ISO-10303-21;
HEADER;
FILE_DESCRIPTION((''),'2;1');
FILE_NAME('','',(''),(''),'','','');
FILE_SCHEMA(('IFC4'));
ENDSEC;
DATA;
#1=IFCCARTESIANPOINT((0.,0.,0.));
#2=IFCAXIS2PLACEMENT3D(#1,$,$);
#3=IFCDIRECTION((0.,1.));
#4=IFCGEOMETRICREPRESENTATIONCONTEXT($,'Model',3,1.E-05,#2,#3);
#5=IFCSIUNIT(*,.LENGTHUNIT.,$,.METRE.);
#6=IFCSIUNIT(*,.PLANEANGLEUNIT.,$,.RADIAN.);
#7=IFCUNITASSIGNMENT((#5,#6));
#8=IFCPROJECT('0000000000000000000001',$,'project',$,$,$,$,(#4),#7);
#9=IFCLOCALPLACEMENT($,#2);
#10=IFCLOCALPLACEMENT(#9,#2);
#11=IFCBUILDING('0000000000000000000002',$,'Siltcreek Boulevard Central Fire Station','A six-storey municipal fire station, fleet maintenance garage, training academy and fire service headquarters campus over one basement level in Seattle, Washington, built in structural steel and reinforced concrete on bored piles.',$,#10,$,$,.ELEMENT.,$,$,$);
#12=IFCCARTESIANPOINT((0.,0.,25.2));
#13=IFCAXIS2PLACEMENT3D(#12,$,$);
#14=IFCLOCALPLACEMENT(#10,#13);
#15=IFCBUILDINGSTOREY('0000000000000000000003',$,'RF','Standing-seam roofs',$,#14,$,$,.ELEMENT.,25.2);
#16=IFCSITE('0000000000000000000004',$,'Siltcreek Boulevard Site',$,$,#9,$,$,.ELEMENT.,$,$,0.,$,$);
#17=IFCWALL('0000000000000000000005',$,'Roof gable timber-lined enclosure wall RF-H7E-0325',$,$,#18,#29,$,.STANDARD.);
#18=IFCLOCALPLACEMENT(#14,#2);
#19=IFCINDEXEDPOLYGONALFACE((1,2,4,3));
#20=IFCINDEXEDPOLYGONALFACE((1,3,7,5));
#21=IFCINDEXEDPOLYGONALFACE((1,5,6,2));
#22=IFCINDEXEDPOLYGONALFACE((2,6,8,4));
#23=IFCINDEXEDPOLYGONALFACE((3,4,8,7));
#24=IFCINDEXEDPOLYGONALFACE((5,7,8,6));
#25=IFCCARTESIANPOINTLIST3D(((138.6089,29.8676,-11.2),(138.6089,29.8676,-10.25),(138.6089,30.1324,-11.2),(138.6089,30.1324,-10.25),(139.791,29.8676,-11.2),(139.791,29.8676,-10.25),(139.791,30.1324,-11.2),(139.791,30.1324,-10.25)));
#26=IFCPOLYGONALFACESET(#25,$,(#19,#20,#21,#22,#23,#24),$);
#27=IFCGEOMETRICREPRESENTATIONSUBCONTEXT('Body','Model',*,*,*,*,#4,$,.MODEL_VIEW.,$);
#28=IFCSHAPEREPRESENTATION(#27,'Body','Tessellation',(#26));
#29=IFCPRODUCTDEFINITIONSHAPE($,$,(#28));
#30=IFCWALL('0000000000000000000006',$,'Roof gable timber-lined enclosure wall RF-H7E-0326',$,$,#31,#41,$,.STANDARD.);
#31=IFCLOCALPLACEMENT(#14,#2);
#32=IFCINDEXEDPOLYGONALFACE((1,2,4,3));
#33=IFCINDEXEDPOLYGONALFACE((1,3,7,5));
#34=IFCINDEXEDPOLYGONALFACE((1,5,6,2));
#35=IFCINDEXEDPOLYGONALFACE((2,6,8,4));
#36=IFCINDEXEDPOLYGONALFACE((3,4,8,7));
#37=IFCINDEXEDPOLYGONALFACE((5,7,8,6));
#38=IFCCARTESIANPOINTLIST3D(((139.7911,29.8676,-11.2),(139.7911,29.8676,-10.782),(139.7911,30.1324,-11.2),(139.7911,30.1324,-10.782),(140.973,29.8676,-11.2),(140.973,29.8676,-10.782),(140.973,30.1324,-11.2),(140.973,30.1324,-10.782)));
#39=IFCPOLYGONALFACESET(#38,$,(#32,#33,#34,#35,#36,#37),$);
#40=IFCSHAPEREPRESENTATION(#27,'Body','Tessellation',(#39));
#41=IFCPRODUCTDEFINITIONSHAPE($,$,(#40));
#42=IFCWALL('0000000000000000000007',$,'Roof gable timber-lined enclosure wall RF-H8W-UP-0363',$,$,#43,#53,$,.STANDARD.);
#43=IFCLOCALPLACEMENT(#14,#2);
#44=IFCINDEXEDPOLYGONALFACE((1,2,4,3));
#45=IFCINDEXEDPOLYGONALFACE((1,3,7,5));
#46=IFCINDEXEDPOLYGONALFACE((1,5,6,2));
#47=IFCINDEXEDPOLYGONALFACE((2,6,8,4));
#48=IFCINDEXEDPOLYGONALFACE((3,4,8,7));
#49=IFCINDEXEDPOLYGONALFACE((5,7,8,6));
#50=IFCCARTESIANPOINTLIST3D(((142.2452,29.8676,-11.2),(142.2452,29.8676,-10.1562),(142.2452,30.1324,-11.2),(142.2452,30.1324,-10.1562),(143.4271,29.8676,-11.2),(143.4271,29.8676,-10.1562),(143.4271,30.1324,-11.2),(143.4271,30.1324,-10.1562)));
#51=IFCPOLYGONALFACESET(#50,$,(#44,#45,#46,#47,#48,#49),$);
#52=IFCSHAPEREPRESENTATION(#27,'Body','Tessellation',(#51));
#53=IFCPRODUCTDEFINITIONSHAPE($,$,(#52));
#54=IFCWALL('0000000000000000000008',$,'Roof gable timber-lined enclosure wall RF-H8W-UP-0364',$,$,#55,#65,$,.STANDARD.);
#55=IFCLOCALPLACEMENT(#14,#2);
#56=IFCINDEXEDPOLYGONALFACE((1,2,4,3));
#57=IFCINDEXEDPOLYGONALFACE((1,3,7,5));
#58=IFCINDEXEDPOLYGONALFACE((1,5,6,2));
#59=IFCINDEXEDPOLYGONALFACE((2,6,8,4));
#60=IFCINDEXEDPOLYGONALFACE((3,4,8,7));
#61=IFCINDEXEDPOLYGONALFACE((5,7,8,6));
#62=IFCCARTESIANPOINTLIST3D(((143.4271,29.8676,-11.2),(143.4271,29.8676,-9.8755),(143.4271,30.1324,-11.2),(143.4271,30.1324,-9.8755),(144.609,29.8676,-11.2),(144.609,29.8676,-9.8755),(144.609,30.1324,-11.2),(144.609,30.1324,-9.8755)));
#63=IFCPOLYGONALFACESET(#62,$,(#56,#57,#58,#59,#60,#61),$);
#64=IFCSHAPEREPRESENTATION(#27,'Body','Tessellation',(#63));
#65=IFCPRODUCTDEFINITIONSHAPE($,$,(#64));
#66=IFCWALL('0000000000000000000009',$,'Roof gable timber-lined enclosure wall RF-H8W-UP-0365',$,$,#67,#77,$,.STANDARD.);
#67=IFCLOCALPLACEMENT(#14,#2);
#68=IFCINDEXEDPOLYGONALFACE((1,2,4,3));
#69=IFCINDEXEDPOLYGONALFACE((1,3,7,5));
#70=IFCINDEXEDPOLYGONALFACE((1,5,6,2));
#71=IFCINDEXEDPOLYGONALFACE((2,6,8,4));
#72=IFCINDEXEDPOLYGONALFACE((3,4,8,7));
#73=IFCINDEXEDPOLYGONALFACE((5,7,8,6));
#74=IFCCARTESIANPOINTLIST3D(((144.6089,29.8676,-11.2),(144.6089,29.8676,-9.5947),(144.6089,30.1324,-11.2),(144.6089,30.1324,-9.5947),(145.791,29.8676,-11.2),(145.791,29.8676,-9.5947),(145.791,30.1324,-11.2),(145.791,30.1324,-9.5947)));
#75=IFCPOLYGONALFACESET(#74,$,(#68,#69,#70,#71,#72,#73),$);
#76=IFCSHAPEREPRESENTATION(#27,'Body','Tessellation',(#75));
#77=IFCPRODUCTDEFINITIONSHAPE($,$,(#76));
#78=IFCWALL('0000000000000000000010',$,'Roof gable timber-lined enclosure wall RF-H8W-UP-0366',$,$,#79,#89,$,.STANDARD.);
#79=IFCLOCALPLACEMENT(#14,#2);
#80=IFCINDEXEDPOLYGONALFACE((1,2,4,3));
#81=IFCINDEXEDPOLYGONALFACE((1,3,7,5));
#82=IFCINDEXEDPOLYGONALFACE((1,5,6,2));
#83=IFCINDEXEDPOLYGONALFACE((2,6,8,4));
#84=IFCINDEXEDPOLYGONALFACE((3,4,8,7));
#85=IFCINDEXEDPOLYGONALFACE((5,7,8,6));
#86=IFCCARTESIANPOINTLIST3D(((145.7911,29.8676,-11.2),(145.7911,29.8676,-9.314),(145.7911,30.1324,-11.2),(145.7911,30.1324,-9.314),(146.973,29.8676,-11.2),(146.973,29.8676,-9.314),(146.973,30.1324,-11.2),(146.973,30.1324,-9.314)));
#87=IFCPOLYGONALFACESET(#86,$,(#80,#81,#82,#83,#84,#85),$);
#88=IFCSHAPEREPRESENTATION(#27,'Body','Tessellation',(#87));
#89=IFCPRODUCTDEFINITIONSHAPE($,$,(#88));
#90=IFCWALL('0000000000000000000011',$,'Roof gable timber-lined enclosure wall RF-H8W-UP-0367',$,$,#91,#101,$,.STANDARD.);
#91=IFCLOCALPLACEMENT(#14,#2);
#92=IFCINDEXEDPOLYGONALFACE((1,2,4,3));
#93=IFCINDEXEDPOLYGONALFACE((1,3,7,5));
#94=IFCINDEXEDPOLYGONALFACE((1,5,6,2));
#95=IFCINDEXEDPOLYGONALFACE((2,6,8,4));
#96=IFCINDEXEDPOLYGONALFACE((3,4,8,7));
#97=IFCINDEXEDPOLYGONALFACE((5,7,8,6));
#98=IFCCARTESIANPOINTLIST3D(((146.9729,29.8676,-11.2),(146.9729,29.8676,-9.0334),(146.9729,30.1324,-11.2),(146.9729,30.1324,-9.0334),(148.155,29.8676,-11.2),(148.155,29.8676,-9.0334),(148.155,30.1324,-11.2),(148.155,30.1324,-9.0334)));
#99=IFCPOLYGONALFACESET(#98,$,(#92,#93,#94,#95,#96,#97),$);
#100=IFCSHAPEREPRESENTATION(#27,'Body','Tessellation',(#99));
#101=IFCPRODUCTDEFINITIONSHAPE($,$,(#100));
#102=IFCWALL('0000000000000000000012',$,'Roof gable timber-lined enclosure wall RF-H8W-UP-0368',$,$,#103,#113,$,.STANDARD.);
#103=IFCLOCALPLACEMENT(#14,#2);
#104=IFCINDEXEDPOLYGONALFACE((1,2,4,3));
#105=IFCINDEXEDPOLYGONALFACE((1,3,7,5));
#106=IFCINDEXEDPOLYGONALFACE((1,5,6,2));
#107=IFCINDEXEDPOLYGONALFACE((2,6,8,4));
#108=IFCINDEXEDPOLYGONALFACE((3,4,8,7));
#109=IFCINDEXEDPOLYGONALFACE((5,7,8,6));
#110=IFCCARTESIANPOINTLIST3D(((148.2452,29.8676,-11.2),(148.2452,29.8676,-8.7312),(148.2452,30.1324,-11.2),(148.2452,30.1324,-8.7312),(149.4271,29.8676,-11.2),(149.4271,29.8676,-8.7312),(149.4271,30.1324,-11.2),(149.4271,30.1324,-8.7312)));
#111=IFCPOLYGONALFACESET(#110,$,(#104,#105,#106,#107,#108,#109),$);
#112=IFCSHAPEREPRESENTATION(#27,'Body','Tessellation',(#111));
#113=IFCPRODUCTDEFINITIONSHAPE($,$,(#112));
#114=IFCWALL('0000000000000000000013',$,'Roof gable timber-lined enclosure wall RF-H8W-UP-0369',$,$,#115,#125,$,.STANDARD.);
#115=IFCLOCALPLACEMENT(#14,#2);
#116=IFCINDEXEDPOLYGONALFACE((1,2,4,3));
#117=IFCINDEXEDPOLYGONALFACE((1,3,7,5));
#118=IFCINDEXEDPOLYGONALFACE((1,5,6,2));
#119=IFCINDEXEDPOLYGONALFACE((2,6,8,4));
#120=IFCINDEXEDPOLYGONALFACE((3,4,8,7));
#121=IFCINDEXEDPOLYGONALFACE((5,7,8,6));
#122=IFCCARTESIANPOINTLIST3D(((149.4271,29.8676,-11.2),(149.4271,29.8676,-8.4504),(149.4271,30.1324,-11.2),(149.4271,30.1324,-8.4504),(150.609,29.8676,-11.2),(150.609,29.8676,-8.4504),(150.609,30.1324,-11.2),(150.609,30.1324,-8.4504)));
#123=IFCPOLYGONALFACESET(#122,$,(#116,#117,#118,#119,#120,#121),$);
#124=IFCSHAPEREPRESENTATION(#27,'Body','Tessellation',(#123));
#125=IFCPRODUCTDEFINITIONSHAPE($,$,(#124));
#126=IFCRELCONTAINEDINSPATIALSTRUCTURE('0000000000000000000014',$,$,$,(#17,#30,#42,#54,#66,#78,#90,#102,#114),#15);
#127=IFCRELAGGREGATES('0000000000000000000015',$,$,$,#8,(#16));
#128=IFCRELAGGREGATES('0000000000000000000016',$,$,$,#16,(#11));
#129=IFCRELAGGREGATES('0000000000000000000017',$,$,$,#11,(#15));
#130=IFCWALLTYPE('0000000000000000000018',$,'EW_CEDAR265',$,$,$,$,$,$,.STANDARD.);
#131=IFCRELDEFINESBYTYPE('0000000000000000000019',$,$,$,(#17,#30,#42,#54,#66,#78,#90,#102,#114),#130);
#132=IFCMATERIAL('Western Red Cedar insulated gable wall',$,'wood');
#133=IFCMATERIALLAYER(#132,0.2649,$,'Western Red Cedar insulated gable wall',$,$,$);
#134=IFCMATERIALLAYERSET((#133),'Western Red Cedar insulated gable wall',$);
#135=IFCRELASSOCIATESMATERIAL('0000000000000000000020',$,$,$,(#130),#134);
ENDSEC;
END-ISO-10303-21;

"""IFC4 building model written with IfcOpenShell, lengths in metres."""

from ifc_helpers import new_model, si_unit, direction, frame, frame_2d, origin, place, context, subcontext, project, spatial, rectangle, extrude, material, layer, layer_set, type_object, element, save


model = new_model("IFC4")

# Units and contexts
model_context = context("Model", 3, precision=1e-05, world=origin(), true_north=direction((0.0, 1.0)))
body_context = subcontext(model_context, "Body", "Model", "MODEL_VIEW")
ifc_project = project(units=[si_unit("LENGTHUNIT", "METRE"), si_unit("PLANEANGLEUNIT", "RADIAN")], contexts=[model_context])

# Site, building, storey
site_placement = place(None, origin())
site = spatial("IfcSite", under=ifc_project, at=site_placement, Name="Siltcreek Boulevard Site", CompositionType="ELEMENT", RefElevation=0.0)
building_placement = place(site_placement, origin())
building = spatial("IfcBuilding", under=site, at=building_placement, Name="Siltcreek Boulevard Central Fire Station", Description="A six-storey municipal fire station, fleet maintenance garage, training academy and fire service headquarters campus over one basement level in Seattle, Washington, built in structural steel and reinforced concrete on bored piles.", CompositionType="ELEMENT")
storey_placement = place(building_placement, frame((0.0, 0.0, 25.2)))
storey = spatial("IfcBuildingStorey", under=building, at=storey_placement, Name="RF", Description="Standing-seam roofs", CompositionType="ELEMENT", Elevation=25.2)

# Walls
ifc_material_1 = material(Name="Western Red Cedar insulated gable wall", Category="wood")
ifc_layer = layer(ifc_material_1, 0.2649, Name="Western Red Cedar insulated gable wall")
ifc_layer_set = layer_set([ifc_layer], Name="Western Red Cedar insulated gable wall")
wall_type = type_object("IfcWallType", Name="EW_CEDAR265", PredefinedType="STANDARD", material=ifc_layer_set)
wall_1_placement = place(storey_placement, frame((139.791, 30.0, -11.2), z_axis=(0.0, 0.0, 1.0), x_axis=(-1.0, 0.0, 0.0)))
element("IfcWall", 1, at=wall_1_placement, inside=storey, type_object=wall_type, Name="Roof gable timber-lined enclosure wall RF-H7E-0325", PredefinedType="STANDARD", context=body_context, shape_type="SweptSolid", body=[
    extrude(rectangle(XDim=1.1821, YDim=0.2649, at=frame_2d((0.5911, 0.0))), origin(), (0.0, 0.0, 1.0), 0.95),
])
wall_2_placement = place(storey_placement, frame((140.9729, 30.0, -11.2), z_axis=(0.0, 0.0, 1.0), x_axis=(-1.0, 0.0, 0.0)))
element("IfcWall", 2, at=wall_2_placement, inside=storey, type_object=wall_type, Name="Roof gable timber-lined enclosure wall RF-H7E-0326", PredefinedType="STANDARD", context=body_context, shape_type="SweptSolid", body=[
    extrude(rectangle(XDim=1.1819, YDim=0.2649, at=frame_2d((0.5908, 0.0))), origin(), (0.0, 0.0, 1.0), 0.418),
])
wall_3_placement = place(storey_placement, frame((143.427, 30.0, -11.2), z_axis=(0.0, 0.0, 1.0), x_axis=(-1.0, 0.0, 0.0)))
element("IfcWall", 3, at=wall_3_placement, inside=storey, type_object=wall_type, Name="Roof gable timber-lined enclosure wall RF-H8W-UP-0363", PredefinedType="STANDARD", context=body_context, shape_type="SweptSolid", body=[
    extrude(rectangle(XDim=1.1819, YDim=0.2649, at=frame_2d((0.5908, 0.0))), origin(), (0.0, 0.0, 1.0), 1.0437),
])
wall_4_placement = place(storey_placement, frame((144.6089, 30.0, -11.2), z_axis=(0.0, 0.0, 1.0), x_axis=(-1.0, 0.0, 0.0)))
element("IfcWall", 4, at=wall_4_placement, inside=storey, type_object=wall_type, Name="Roof gable timber-lined enclosure wall RF-H8W-UP-0364", PredefinedType="STANDARD", context=body_context, shape_type="SweptSolid", body=[
    extrude(rectangle(XDim=1.1819, YDim=0.2649, at=frame_2d((0.5908, 0.0))), origin(), (0.0, 0.0, 1.0), 1.3245),
])
wall_5_placement = place(storey_placement, frame((145.791, 30.0, -11.2), z_axis=(0.0, 0.0, 1.0), x_axis=(-1.0, 0.0, 0.0)))
element("IfcWall", 5, at=wall_5_placement, inside=storey, type_object=wall_type, Name="Roof gable timber-lined enclosure wall RF-H8W-UP-0365", PredefinedType="STANDARD", context=body_context, shape_type="SweptSolid", body=[
    extrude(rectangle(XDim=1.1821, YDim=0.2649, at=frame_2d((0.5911, 0.0))), origin(), (0.0, 0.0, 1.0), 1.6052),
])
wall_6_placement = place(storey_placement, frame((146.9729, 30.0, -11.2), z_axis=(0.0, 0.0, 1.0), x_axis=(-1.0, 0.0, 0.0)))
element("IfcWall", 6, at=wall_6_placement, inside=storey, type_object=wall_type, Name="Roof gable timber-lined enclosure wall RF-H8W-UP-0366", PredefinedType="STANDARD", context=body_context, shape_type="SweptSolid", body=[
    extrude(rectangle(XDim=1.1819, YDim=0.2649, at=frame_2d((0.5908, 0.0))), origin(), (0.0, 0.0, 1.0), 1.886),
])
wall_7_placement = place(storey_placement, frame((148.155, 30.0, -11.2), z_axis=(0.0, 0.0, 1.0), x_axis=(-1.0, 0.0, 0.0)))
element("IfcWall", 7, at=wall_7_placement, inside=storey, type_object=wall_type, Name="Roof gable timber-lined enclosure wall RF-H8W-UP-0367", PredefinedType="STANDARD", context=body_context, shape_type="SweptSolid", body=[
    extrude(rectangle(XDim=1.1821, YDim=0.2649, at=frame_2d((0.5911, 0.0))), origin(), (0.0, 0.0, 1.0), 2.1665),
])
wall_8_placement = place(storey_placement, frame((149.427, 30.0, -11.2), z_axis=(0.0, 0.0, 1.0), x_axis=(-1.0, 0.0, 0.0)))
element("IfcWall", 8, at=wall_8_placement, inside=storey, type_object=wall_type, Name="Roof gable timber-lined enclosure wall RF-H8W-UP-0368", PredefinedType="STANDARD", context=body_context, shape_type="SweptSolid", body=[
    extrude(rectangle(XDim=1.1819, YDim=0.2649, at=frame_2d((0.5908, 0.0))), origin(), (0.0, 0.0, 1.0), 2.4688),
])
wall_9_placement = place(storey_placement, frame((150.6089, 30.0, -11.2), z_axis=(0.0, 0.0, 1.0), x_axis=(-1.0, 0.0, 0.0)))
element("IfcWall", 9, at=wall_9_placement, inside=storey, type_object=wall_type, Name="Roof gable timber-lined enclosure wall RF-H8W-UP-0369", PredefinedType="STANDARD", context=body_context, shape_type="SweptSolid", body=[
    extrude(rectangle(XDim=1.1819, YDim=0.2649, at=frame_2d((0.5908, 0.0))), origin(), (0.0, 0.0, 1.0), 2.7495),
])

save(model, "model.ifc")
